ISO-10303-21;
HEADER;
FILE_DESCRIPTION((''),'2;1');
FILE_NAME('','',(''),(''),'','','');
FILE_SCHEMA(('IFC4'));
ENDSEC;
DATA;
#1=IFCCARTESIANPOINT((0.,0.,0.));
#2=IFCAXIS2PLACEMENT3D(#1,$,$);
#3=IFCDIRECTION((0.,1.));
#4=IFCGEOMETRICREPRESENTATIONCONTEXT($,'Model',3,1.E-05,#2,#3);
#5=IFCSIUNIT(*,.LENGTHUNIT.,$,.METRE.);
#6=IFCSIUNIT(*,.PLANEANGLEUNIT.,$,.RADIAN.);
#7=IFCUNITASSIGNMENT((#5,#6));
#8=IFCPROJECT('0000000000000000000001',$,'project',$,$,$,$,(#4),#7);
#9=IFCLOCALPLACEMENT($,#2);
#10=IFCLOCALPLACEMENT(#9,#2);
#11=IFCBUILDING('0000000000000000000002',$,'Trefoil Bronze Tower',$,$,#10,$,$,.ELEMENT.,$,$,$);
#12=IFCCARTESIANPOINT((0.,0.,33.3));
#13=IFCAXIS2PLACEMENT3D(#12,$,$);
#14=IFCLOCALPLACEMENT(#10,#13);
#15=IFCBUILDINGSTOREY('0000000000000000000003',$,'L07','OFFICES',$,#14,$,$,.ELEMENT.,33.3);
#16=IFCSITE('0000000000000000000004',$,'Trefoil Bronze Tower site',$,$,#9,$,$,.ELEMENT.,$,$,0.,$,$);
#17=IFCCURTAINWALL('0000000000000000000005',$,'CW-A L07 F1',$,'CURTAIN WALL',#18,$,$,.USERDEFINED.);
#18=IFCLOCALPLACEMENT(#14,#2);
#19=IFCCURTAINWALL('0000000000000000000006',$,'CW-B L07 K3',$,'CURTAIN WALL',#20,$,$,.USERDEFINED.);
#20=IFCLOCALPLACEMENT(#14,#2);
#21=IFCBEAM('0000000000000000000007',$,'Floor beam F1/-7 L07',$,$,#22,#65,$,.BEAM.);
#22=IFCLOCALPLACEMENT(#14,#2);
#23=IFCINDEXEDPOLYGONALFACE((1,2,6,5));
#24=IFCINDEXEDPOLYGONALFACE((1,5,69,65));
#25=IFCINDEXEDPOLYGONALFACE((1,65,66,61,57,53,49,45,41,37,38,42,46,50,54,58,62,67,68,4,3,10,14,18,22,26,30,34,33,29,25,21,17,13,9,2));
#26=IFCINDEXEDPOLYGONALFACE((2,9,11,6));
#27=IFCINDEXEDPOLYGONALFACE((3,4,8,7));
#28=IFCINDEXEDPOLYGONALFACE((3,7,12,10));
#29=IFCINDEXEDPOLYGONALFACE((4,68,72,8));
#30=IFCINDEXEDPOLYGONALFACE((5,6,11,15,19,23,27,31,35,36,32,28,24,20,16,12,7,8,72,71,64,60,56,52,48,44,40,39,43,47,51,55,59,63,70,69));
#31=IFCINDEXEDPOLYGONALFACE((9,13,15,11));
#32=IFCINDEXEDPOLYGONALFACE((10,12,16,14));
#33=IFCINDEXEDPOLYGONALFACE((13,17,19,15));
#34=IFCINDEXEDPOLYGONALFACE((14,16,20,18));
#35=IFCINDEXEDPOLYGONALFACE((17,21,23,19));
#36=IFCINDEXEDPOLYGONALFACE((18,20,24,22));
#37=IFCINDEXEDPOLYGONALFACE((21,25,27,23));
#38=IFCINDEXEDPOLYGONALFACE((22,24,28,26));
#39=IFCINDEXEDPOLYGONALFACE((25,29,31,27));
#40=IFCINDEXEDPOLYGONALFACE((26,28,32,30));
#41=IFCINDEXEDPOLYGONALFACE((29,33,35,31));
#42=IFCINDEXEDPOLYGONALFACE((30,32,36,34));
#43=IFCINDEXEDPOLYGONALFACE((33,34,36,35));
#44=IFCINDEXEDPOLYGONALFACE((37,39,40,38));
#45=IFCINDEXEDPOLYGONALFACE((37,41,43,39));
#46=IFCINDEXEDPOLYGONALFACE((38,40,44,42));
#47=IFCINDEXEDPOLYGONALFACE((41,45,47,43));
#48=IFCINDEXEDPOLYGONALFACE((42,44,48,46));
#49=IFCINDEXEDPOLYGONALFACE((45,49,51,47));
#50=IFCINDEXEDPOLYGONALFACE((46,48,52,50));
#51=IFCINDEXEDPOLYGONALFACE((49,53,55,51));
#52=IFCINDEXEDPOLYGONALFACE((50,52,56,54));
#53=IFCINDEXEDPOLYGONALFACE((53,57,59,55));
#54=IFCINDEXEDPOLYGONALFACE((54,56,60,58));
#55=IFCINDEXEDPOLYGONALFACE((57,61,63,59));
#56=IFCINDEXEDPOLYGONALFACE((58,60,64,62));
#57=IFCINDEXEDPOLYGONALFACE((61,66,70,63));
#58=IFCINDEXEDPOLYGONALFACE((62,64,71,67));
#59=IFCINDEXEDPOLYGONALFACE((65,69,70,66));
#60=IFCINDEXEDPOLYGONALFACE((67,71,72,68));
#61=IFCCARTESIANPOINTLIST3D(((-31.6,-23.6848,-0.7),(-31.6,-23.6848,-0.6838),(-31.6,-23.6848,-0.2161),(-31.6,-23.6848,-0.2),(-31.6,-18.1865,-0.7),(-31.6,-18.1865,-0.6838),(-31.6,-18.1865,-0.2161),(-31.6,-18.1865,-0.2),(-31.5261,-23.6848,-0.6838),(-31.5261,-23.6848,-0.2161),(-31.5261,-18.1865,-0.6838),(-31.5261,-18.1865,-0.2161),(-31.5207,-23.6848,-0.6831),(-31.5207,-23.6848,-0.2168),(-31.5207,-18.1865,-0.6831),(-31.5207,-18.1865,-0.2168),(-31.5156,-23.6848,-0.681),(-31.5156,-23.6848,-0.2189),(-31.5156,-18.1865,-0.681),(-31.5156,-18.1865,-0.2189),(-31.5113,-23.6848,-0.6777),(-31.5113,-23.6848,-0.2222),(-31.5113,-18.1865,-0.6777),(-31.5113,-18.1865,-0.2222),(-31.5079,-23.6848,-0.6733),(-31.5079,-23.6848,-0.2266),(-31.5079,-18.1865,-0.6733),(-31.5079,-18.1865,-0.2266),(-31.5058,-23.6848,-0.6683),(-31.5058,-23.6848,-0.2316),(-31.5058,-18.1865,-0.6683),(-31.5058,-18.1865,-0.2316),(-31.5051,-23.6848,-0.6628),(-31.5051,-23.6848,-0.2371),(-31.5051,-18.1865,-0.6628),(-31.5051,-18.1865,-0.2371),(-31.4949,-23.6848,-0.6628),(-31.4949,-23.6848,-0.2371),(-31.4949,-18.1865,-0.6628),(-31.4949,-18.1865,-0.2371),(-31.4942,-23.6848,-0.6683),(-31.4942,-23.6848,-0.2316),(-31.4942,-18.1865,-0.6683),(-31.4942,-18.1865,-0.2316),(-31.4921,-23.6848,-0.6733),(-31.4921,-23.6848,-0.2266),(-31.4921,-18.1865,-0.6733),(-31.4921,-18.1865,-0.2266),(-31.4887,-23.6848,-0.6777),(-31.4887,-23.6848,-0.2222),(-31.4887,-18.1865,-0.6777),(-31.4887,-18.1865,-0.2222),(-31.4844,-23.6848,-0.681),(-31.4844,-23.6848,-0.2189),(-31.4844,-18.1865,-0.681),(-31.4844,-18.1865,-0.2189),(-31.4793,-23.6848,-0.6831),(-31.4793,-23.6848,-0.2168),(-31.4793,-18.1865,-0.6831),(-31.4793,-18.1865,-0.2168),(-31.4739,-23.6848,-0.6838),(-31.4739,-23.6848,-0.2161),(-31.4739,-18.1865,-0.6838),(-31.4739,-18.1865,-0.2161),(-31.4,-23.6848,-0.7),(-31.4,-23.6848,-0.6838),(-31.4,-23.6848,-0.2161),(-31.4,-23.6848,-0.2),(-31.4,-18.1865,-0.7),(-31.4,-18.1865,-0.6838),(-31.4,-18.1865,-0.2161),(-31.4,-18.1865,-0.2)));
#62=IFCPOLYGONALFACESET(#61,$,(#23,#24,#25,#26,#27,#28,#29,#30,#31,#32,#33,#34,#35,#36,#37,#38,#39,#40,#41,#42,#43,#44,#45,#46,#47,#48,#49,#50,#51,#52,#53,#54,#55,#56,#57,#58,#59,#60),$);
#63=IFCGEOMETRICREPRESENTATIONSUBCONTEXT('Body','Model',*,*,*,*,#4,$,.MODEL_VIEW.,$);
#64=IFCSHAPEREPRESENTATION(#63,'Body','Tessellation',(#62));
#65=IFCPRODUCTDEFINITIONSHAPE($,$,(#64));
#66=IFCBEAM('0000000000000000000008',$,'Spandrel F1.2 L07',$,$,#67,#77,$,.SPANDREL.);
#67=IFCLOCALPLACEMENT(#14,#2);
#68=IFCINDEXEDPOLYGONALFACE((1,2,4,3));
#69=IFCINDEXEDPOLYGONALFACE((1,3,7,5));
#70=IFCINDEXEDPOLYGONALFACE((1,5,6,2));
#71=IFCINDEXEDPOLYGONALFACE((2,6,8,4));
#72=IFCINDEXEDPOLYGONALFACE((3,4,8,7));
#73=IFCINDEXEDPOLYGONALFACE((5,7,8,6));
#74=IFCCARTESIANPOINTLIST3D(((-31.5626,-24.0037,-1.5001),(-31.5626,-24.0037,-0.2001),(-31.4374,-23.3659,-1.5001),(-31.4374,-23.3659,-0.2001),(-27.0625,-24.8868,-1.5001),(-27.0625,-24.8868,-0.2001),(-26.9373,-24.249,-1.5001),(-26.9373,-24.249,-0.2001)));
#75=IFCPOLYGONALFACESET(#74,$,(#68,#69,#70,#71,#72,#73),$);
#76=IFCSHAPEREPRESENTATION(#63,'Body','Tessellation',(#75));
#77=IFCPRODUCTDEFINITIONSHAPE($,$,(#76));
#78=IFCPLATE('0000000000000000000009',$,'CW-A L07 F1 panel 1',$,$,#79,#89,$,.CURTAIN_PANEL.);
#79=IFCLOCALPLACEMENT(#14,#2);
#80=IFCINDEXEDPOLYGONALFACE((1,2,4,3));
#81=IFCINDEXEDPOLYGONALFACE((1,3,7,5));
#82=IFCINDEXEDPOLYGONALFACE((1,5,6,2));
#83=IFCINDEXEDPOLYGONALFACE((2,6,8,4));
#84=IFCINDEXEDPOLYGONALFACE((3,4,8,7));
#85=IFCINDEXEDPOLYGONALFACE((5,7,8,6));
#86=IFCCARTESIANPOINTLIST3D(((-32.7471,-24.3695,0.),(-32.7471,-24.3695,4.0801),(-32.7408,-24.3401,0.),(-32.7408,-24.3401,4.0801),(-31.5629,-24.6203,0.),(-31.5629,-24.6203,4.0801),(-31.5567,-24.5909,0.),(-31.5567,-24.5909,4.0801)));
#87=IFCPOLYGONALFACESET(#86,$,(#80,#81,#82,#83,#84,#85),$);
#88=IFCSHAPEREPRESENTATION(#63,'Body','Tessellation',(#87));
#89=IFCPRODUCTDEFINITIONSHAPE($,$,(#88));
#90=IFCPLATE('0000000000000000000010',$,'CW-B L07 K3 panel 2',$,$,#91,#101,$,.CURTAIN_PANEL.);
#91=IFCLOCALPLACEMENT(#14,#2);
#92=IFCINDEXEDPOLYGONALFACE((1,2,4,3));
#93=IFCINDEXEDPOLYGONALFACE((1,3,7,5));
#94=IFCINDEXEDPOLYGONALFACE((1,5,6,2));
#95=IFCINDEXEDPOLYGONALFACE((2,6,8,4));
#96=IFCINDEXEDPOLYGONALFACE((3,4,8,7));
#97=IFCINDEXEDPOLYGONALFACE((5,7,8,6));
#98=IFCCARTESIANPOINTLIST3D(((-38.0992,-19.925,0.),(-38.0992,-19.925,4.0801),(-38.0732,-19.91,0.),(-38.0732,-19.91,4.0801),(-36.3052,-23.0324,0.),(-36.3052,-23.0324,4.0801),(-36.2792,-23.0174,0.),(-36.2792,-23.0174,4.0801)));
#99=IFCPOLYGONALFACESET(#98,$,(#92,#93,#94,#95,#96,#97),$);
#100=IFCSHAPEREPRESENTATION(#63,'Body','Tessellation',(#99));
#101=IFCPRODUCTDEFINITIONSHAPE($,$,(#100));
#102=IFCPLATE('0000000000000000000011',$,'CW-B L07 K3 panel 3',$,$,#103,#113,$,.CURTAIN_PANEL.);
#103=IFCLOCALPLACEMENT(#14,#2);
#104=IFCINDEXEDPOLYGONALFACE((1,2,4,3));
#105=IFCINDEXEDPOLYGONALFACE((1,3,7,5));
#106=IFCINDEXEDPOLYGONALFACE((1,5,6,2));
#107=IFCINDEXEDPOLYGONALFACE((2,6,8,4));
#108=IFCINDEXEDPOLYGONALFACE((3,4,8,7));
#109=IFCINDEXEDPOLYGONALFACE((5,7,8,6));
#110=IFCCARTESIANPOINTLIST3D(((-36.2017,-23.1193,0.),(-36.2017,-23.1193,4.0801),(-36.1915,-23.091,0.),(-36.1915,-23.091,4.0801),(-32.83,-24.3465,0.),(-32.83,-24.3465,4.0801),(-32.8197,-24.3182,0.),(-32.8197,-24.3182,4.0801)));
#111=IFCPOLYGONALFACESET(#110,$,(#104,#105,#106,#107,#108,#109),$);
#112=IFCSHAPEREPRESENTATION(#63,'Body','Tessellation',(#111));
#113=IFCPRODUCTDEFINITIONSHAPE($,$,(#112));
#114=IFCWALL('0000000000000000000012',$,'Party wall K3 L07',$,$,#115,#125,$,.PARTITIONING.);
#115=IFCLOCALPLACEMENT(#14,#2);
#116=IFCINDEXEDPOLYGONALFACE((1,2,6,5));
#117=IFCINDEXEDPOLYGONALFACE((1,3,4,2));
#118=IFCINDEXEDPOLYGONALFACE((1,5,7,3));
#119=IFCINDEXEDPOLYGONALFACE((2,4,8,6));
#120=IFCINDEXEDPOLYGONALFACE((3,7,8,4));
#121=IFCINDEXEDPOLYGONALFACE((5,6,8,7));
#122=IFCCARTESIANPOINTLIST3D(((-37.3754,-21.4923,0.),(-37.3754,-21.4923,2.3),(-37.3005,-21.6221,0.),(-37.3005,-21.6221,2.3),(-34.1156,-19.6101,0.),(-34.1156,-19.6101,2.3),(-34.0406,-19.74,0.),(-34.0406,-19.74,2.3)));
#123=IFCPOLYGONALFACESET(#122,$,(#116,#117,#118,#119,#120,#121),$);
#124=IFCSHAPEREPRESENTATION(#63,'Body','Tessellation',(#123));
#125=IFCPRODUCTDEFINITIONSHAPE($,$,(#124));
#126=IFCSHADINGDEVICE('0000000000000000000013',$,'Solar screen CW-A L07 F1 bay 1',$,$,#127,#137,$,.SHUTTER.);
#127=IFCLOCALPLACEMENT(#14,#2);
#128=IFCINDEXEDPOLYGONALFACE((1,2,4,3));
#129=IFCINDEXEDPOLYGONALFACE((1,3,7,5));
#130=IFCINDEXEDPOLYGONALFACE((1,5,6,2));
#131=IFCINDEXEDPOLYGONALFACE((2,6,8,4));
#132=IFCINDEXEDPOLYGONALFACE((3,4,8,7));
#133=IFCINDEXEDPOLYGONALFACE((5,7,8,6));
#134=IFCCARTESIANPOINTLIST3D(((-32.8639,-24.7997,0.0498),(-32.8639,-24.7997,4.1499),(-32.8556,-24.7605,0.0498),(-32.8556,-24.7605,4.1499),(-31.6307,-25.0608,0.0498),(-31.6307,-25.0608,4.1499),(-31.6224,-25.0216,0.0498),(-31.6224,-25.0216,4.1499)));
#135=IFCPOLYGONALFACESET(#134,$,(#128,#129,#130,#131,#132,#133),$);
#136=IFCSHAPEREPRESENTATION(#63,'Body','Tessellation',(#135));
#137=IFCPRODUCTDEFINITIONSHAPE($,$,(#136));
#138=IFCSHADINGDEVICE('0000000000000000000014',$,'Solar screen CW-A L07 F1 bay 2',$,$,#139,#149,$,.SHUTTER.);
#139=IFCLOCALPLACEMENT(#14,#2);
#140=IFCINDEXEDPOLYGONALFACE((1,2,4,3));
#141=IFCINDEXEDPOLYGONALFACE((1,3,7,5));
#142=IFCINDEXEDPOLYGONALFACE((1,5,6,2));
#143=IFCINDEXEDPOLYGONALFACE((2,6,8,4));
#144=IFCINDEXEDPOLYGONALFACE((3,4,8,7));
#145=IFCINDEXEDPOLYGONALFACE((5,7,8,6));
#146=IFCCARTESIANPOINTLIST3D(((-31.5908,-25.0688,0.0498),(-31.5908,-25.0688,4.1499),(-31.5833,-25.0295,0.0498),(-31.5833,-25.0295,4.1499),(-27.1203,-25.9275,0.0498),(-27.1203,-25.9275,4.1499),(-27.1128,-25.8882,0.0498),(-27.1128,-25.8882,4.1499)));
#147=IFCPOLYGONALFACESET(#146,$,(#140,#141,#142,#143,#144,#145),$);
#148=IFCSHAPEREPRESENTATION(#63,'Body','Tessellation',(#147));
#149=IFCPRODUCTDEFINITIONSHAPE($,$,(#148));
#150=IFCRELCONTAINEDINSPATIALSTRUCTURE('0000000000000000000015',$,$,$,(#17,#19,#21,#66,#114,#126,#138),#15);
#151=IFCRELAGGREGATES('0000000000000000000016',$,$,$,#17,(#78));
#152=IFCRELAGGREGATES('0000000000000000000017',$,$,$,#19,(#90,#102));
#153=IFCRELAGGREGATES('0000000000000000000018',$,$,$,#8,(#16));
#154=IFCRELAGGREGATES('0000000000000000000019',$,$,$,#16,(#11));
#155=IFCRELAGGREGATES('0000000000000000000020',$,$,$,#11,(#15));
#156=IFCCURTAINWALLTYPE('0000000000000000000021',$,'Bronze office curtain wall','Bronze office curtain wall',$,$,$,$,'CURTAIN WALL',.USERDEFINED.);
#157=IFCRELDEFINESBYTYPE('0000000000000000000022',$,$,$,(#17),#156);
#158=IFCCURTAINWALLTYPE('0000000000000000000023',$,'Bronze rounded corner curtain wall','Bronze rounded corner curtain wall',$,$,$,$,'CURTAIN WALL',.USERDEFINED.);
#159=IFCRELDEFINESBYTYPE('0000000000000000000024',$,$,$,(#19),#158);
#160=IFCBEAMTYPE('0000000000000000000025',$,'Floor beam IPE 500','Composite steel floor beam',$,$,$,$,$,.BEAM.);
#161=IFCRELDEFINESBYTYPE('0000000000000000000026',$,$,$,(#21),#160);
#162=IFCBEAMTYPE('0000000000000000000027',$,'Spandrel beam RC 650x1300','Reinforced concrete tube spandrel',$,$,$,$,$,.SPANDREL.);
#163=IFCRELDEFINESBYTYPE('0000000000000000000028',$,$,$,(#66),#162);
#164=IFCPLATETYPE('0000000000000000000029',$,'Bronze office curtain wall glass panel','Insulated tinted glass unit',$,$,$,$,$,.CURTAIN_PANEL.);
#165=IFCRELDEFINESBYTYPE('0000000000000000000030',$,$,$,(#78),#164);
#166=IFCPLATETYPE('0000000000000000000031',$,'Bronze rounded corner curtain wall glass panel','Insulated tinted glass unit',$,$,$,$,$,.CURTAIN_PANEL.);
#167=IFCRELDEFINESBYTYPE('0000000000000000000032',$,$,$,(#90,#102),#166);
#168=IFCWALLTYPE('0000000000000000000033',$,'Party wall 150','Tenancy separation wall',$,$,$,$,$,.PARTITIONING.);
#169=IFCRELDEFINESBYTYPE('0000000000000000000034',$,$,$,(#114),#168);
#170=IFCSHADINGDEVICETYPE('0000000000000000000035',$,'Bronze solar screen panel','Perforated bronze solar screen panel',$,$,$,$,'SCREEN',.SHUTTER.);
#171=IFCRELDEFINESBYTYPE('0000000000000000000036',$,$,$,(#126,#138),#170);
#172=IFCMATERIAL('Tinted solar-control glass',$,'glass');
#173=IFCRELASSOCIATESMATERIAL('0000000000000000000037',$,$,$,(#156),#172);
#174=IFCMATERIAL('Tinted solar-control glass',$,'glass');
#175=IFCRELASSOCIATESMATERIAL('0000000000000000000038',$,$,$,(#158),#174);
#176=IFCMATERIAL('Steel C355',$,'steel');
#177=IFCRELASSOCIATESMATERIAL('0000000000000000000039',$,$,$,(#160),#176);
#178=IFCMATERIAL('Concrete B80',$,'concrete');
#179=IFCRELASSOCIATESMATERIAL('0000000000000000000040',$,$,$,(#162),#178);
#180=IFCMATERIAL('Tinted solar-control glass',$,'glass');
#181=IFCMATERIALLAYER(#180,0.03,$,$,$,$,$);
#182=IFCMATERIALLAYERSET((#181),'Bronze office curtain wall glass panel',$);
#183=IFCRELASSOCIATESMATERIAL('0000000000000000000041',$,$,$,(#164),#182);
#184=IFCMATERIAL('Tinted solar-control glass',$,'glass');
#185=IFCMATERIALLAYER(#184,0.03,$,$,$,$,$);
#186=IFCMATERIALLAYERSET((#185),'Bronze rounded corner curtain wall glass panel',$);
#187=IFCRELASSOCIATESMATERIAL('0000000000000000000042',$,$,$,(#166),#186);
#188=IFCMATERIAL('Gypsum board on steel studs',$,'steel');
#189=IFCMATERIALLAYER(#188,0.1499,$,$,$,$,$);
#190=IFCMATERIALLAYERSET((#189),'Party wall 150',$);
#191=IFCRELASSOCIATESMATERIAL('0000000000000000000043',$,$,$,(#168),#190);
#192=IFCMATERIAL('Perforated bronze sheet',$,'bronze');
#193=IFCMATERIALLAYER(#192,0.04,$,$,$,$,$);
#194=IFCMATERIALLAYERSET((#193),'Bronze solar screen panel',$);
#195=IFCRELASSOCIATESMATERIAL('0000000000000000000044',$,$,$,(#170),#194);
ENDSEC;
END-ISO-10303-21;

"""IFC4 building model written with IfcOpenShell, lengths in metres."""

from ifc_helpers import new_model, si_unit, direction, frame, frame_2d, origin, origin_2d, place, context, subcontext, project, spatial, rectangle, i_section, extrude, material, layer, layer_set, material_profile, profile_set, type_object, element, aggregate, save


model = new_model("IFC4")

# Units and contexts
model_context = context("Model", 3, precision=1e-05, world=origin(), true_north=direction((0.0, 1.0)))
body_context = subcontext(model_context, "Body", "Model", "MODEL_VIEW")
ifc_project = project(units=[si_unit("LENGTHUNIT", "METRE"), si_unit("PLANEANGLEUNIT", "RADIAN")], contexts=[model_context])

# Site, building, storey
site_placement = place(None, origin())
site = spatial("IfcSite", under=ifc_project, at=site_placement, Name="Trefoil Bronze Tower site", CompositionType="ELEMENT", RefElevation=0.0)
building_placement = place(site_placement, origin())
building = spatial("IfcBuilding", under=site, at=building_placement, Name="Trefoil Bronze Tower", CompositionType="ELEMENT")
storey_placement = place(building_placement, frame((0.0, 0.0, 33.3)))
storey = spatial("IfcBuildingStorey", under=building, at=storey_placement, Name="L07", Description="OFFICES", CompositionType="ELEMENT", Elevation=33.3)

# Curtain walls
ifc_material_1 = material(Name="Tinted solar-control glass", Category="glass")
curtain_wall_type_1 = type_object("IfcCurtainWallType", Name="Bronze office curtain wall", Description="Bronze office curtain wall", ElementType="CURTAIN WALL", PredefinedType="USERDEFINED", material=ifc_material_1)
curtain_wall_1_placement = place(storey_placement, origin())
curtain_wall_1 = element("IfcCurtainWall", 1, at=curtain_wall_1_placement, inside=storey, type_object=curtain_wall_type_1, Name="CW-A L07 F1", ObjectType="CURTAIN WALL", PredefinedType="USERDEFINED")
ifc_material_2 = material(Name="Tinted solar-control glass", Category="glass")
curtain_wall_type_2 = type_object("IfcCurtainWallType", Name="Bronze rounded corner curtain wall", Description="Bronze rounded corner curtain wall", ElementType="CURTAIN WALL", PredefinedType="USERDEFINED", material=ifc_material_2)
curtain_wall_2_placement = place(storey_placement, origin())
curtain_wall_2 = element("IfcCurtainWall", 2, at=curtain_wall_2_placement, inside=storey, type_object=curtain_wall_type_2, Name="CW-B L07 K3", ObjectType="CURTAIN WALL", PredefinedType="USERDEFINED")

# Beams
ifc_material_3 = material(Name="Steel C355", Category="steel")
ifc_material_profile_1 = material_profile(ifc_material_3, i_section(OverallWidth=0.2, OverallDepth=0.5, WebThickness=0.0103, FlangeThickness=0.0161, FilletRadius=0.021, at=origin_2d()), Name="IPE 500")
ifc_profile_set_1 = profile_set([ifc_material_profile_1], Name="Steel C355")
beam_type_1 = type_object("IfcBeamType", Name="Floor beam IPE 500", Description="Composite steel floor beam", PredefinedType="BEAM", material=ifc_profile_set_1)
beam_1_placement = place(storey_placement, frame((-31.5, -23.6848, -0.45), z_axis=(0.0, 1.0, 0.0), x_axis=(-1.0, 0.0, 0.0)))
element("IfcBeam", 3, at=beam_1_placement, inside=storey, type_object=beam_type_1, Name="Floor beam F1/-7 L07", PredefinedType="BEAM", context=body_context, shape_type="SweptSolid", body=[
    extrude(i_section(OverallWidth=0.2, OverallDepth=0.5, WebThickness=0.0103, FlangeThickness=0.0161, FilletRadius=0.021, at=origin_2d()), origin(), (0.0, 0.0, 1.0), 5.4983),
])
ifc_material_4 = material(Name="Concrete B80", Category="concrete")
ifc_material_profile_2 = material_profile(ifc_material_4, rectangle(XDim=0.6499, YDim=1.3, at=origin_2d()), Name="RC 650x1300")
ifc_profile_set_2 = profile_set([ifc_material_profile_2], Name="Concrete B80")
beam_type_2 = type_object("IfcBeamType", Name="Spandrel beam RC 650x1300", Description="Reinforced concrete tube spandrel", PredefinedType="SPANDREL", material=ifc_profile_set_2)
beam_2_placement = place(storey_placement, frame((-31.5, -23.6848, -0.8501), z_axis=(0.981285, -0.192562, 0.0), x_axis=(0.192562, 0.981285, 0.0)))
element("IfcBeam", 4, at=beam_2_placement, inside=storey, type_object=beam_type_2, Name="Spandrel F1.2 L07", PredefinedType="SPANDREL", context=body_context, shape_type="SweptSolid", body=[
    extrude(rectangle(XDim=0.6499, YDim=1.3, at=origin_2d()), origin(), (0.0, 0.0, 1.0), 4.5859),
])

# Plates
ifc_material_5 = material(Name="Tinted solar-control glass", Category="glass")
ifc_layer_1 = layer(ifc_material_5, 0.03)
ifc_layer_set_1 = layer_set([ifc_layer_1], Name="Bronze office curtain wall glass panel")
plate_type_1 = type_object("IfcPlateType", Name="Bronze office curtain wall glass panel", Description="Insulated tinted glass unit", PredefinedType="CURTAIN_PANEL", material=ifc_layer_set_1)
plate_1_placement = place(storey_placement, frame((-32.1519, -24.4802, 0.0), z_axis=(0.0, 0.0, 1.0), x_axis=(0.978303, -0.207181, 0.0)))
plate_1 = element("IfcPlate", 5, at=plate_1_placement, type_object=plate_type_1, Name="CW-A L07 F1 panel 1", PredefinedType="CURTAIN_PANEL", context=body_context, shape_type="SweptSolid", body=[
    extrude(rectangle(XDim=1.2104, YDim=0.03, at=origin_2d()), origin(), (0.0, 0.0, 1.0), 4.0801),
])
aggregate(curtain_wall_1, [plate_1])
ifc_material_6 = material(Name="Tinted solar-control glass", Category="glass")
ifc_layer_2 = layer(ifc_material_6, 0.03)
ifc_layer_set_2 = layer_set([ifc_layer_2], Name="Bronze rounded corner curtain wall glass panel")
plate_type_2 = type_object("IfcPlateType", Name="Bronze rounded corner curtain wall glass panel", Description="Insulated tinted glass unit", PredefinedType="CURTAIN_PANEL", material=ifc_layer_set_2)
plate_2_placement = place(storey_placement, frame((-37.1892, -21.4712, 0.0), z_axis=(0.0, 0.0, 1.0), x_axis=(0.5, -0.866025, 0.0)))
plate_2 = element("IfcPlate", 6, at=plate_2_placement, type_object=plate_type_2, Name="CW-B L07 K3 panel 2", PredefinedType="CURTAIN_PANEL", context=body_context, shape_type="SweptSolid", body=[
    extrude(rectangle(XDim=3.5881, YDim=0.03, at=origin_2d()), origin(), (0.0, 0.0, 1.0), 4.0801),
])
plate_3_placement = place(storey_placement, frame((-34.5107, -23.7188, 0.0), z_axis=(0.0, 0.0, 1.0), x_axis=(0.939693, -0.34202, 0.0)))
plate_3 = element("IfcPlate", 7, at=plate_3_placement, type_object=plate_type_2, Name="CW-B L07 K3 panel 3", PredefinedType="CURTAIN_PANEL", context=body_context, shape_type="SweptSolid", body=[
    extrude(rectangle(XDim=3.5881, YDim=0.03, at=origin_2d()), origin(), (0.0, 0.0, 1.0), 4.0801),
])
aggregate(curtain_wall_2, [plate_2, plate_3])

# Wall
ifc_material_7 = material(Name="Gypsum board on steel studs", Category="steel")
ifc_layer_3 = layer(ifc_material_7, 0.1499)
ifc_layer_set_3 = layer_set([ifc_layer_3], Name="Party wall 150")
wall_type = type_object("IfcWallType", Name="Party wall 150", Description="Tenancy separation wall", PredefinedType="PARTITIONING", material=ifc_layer_set_3)
wall_placement = place(storey_placement, frame((-34.0781, -19.675, 0.0), z_axis=(0.0, 0.0, 1.0), x_axis=(-0.866019, -0.500011, 0.0)))
element("IfcWall", 8, at=wall_placement, inside=storey, type_object=wall_type, Name="Party wall K3 L07", PredefinedType="PARTITIONING", context=body_context, shape_type="SweptSolid", body=[
    extrude(rectangle(XDim=3.7642, YDim=0.1499, at=frame_2d((1.8821, 0.0))), origin(), (0.0, 0.0, 1.0), 2.3),
])

# Shading devices
ifc_material_8 = material(Name="Perforated bronze sheet", Category="bronze")
ifc_layer_4 = layer(ifc_material_8, 0.04)
ifc_layer_set_4 = layer_set([ifc_layer_4], Name="Bronze solar screen panel")
shading_device_type = type_object("IfcShadingDeviceType", Name="Bronze solar screen panel", Description="Perforated bronze solar screen panel", ElementType="SCREEN", PredefinedType="SHUTTER", material=ifc_layer_set_4)
shading_device_1_placement = place(storey_placement, frame((-32.2432, -24.9106, 0.0498), z_axis=(0.0, 0.0, 1.0), x_axis=(0.978303, -0.207181, 0.0)))
element("IfcShadingDevice", 9, at=shading_device_1_placement, inside=storey, type_object=shading_device_type, Name="Solar screen CW-A L07 F1 bay 1", PredefinedType="SHUTTER", context=body_context, shape_type="SweptSolid", body=[
    extrude(rectangle(XDim=1.2605, YDim=0.04, at=origin_2d()), origin(), (0.0, 0.0, 1.0), 4.1001),
])
shading_device_2_placement = place(storey_placement, frame((-29.3518, -25.4785, 0.0498), z_axis=(0.0, 0.0, 1.0), x_axis=(0.98205, -0.188622, 0.0)))
element("IfcShadingDevice", 10, at=shading_device_2_placement, inside=storey, type_object=shading_device_type, Name="Solar screen CW-A L07 F1 bay 2", PredefinedType="SHUTTER", context=body_context, shape_type="SweptSolid", body=[
    extrude(rectangle(XDim=4.5522, YDim=0.04, at=origin_2d()), origin(), (0.0, 0.0, 1.0), 4.1001),
])

save(model, "model.ifc")
